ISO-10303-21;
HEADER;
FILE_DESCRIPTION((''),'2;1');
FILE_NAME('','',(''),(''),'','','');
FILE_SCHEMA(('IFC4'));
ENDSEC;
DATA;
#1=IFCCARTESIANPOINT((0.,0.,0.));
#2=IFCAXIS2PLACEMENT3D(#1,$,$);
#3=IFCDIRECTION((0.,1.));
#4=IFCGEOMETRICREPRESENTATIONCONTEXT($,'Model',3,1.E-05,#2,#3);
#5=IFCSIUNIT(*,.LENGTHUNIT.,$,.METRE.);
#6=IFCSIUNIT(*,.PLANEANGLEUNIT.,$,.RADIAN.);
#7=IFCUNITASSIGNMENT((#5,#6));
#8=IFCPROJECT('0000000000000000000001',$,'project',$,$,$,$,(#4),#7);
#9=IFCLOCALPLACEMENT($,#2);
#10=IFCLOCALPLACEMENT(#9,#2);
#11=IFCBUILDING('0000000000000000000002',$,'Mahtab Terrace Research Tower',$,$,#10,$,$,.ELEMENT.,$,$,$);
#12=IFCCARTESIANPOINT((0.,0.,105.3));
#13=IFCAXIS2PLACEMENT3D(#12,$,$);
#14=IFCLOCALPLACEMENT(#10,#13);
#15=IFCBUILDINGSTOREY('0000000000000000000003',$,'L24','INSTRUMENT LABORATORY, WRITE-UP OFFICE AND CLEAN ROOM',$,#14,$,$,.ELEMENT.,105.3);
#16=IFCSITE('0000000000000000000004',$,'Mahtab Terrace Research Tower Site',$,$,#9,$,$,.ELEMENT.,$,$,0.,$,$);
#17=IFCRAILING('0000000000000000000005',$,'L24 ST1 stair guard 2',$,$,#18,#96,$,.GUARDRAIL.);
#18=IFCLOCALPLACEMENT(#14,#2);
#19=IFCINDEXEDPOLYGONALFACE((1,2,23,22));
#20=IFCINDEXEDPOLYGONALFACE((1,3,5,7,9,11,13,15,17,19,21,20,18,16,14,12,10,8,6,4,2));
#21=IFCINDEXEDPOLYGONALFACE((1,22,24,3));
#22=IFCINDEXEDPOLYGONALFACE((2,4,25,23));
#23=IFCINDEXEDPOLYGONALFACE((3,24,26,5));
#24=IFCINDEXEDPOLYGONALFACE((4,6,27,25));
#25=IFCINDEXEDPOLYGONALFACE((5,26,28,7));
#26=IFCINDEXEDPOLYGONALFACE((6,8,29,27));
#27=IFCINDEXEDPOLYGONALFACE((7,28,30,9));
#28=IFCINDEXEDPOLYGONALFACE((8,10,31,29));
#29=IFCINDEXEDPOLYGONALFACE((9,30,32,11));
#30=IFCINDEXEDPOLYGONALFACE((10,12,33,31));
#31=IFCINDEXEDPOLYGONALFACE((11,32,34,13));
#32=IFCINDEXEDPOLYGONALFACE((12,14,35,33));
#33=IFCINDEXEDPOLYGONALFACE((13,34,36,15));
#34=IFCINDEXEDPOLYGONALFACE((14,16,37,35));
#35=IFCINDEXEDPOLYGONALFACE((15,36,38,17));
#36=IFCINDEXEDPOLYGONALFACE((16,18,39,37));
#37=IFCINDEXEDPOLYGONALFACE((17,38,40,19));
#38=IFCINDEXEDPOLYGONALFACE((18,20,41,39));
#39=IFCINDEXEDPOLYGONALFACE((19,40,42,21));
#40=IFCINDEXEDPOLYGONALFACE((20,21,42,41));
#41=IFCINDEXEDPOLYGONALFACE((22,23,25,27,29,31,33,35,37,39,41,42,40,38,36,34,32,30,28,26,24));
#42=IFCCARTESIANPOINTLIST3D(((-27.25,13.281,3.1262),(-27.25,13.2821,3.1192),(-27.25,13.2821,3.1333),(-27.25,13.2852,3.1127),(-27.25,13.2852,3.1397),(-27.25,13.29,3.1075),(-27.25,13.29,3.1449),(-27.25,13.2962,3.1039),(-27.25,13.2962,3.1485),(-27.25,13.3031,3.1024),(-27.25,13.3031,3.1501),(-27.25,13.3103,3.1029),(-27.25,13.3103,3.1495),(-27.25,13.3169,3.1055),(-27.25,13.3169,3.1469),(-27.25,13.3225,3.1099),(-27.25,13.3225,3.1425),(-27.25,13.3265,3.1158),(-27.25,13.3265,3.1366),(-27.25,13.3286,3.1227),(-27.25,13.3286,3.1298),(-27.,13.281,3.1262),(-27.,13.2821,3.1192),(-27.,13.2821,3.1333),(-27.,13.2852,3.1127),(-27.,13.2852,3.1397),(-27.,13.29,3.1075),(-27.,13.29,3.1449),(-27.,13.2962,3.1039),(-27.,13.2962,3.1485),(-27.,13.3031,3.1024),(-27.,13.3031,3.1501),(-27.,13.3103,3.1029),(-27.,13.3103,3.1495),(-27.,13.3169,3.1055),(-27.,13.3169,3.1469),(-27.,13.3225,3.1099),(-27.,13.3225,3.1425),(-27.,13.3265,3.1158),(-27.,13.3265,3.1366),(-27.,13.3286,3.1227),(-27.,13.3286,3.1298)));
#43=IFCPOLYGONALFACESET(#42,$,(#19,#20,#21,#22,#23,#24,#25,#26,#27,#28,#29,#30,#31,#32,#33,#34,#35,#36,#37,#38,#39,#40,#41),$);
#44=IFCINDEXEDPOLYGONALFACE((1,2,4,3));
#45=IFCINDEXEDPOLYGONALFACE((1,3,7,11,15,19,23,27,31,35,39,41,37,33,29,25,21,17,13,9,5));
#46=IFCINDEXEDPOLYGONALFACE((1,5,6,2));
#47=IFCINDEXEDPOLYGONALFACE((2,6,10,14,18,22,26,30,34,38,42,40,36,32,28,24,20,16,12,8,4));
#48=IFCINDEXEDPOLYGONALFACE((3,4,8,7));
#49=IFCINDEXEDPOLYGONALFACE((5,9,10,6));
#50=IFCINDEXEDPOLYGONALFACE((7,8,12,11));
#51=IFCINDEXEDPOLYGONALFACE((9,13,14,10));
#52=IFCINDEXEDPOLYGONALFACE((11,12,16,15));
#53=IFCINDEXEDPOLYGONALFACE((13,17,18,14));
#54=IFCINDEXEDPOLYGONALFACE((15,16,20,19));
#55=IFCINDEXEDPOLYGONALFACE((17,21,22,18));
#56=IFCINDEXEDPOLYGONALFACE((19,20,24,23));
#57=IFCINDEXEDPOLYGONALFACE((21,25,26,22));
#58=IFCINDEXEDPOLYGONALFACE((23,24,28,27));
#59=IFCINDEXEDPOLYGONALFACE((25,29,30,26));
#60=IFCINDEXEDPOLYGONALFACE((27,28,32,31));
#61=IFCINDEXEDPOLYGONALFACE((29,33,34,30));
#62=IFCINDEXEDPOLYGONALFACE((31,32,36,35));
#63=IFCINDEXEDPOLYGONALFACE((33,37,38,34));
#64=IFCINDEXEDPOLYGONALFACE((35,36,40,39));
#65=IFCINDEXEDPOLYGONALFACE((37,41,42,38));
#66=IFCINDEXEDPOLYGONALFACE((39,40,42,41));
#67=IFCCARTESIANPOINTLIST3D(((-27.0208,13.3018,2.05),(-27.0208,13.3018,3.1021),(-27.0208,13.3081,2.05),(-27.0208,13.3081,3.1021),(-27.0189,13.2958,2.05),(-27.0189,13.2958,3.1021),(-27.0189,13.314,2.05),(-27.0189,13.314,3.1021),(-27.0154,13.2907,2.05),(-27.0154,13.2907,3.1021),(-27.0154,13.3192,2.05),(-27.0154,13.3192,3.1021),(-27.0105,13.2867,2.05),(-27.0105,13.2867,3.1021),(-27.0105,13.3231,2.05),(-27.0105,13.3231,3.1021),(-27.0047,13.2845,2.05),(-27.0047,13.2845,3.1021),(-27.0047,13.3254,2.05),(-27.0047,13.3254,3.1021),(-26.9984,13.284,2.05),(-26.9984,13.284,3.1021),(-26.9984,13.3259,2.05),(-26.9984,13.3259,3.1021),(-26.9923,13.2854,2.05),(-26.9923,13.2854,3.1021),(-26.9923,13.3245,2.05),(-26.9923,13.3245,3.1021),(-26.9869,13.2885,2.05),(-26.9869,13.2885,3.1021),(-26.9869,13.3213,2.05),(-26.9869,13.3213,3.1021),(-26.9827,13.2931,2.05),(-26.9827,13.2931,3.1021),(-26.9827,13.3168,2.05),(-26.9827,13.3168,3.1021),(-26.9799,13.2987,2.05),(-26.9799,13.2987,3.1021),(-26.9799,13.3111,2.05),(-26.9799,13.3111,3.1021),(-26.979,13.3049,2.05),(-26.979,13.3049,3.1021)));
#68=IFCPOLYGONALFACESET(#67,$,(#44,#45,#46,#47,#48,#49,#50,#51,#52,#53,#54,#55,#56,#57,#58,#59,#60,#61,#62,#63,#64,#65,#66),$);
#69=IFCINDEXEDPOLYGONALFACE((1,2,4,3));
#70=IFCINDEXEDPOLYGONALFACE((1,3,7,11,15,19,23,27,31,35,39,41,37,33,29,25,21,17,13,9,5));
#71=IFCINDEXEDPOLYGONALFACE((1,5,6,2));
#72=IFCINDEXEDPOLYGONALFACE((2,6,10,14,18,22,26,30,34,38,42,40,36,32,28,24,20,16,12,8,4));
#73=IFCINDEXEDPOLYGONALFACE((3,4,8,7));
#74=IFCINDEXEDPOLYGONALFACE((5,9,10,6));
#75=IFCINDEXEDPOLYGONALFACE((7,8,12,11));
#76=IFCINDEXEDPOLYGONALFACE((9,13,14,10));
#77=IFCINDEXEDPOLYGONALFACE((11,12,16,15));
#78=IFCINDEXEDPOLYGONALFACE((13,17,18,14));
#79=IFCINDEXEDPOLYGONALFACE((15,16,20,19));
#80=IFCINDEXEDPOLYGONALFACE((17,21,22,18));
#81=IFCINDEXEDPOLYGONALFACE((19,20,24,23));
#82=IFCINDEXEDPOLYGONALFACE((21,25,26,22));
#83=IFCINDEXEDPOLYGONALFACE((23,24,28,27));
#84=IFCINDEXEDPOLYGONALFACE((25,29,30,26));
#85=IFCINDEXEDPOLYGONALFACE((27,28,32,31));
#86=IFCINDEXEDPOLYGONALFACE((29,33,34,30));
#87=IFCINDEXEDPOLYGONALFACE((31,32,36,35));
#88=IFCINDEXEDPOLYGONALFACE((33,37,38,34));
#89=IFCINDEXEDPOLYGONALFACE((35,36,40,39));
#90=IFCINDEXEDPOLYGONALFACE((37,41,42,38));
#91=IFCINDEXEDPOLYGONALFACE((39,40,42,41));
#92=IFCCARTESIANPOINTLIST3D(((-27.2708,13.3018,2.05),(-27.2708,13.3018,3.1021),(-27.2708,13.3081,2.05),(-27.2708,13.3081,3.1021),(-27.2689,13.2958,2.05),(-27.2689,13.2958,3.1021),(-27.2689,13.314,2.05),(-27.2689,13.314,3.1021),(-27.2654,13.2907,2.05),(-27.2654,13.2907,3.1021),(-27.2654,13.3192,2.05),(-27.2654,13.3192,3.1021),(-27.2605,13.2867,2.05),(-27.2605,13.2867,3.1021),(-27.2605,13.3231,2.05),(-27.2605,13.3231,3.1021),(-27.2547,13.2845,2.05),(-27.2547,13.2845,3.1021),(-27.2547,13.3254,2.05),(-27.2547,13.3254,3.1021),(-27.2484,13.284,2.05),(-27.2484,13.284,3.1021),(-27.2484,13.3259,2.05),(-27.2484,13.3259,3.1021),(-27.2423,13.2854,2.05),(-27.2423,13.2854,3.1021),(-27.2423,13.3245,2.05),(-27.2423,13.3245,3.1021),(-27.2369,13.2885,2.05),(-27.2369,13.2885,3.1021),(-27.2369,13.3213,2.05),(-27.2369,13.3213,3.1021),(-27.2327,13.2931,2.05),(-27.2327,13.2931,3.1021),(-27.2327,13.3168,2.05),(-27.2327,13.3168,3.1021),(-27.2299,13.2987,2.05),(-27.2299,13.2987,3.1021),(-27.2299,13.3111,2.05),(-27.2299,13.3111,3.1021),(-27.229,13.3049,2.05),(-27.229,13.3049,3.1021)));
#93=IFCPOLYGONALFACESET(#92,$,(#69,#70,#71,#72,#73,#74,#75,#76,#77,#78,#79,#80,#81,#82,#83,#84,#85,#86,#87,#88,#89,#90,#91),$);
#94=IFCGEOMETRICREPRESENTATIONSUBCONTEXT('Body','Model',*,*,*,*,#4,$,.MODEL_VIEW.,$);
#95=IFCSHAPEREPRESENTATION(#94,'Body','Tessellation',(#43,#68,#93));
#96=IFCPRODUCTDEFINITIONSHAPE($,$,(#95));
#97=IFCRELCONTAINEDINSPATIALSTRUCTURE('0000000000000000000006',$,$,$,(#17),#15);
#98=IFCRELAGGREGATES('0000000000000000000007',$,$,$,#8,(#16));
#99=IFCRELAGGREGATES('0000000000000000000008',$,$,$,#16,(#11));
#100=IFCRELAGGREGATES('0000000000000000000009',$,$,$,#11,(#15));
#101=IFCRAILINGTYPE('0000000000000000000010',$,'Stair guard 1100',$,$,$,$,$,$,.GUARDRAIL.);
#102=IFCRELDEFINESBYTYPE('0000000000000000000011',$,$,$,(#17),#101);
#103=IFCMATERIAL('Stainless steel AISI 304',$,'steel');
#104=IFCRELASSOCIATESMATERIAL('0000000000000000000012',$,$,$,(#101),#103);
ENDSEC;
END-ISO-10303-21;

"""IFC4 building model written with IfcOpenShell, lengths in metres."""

from ifc_helpers import new_model, si_unit, direction, frame, origin, origin_2d, place, context, subcontext, project, spatial, circle, extrude, material, type_object, element, save


model = new_model("IFC4")

# Units and contexts
model_context = context("Model", 3, precision=1e-05, world=origin(), true_north=direction((0.0, 1.0)))
body_context = subcontext(model_context, "Body", "Model", "MODEL_VIEW")
ifc_project = project(units=[si_unit("LENGTHUNIT", "METRE"), si_unit("PLANEANGLEUNIT", "RADIAN")], contexts=[model_context])

# Site, building, storey
site_placement = place(None, origin())
site = spatial("IfcSite", under=ifc_project, at=site_placement, Name="Mahtab Terrace Research Tower Site", CompositionType="ELEMENT", RefElevation=0.0)
building_placement = place(site_placement, origin())
building = spatial("IfcBuilding", under=site, at=building_placement, Name="Mahtab Terrace Research Tower", CompositionType="ELEMENT")
storey_placement = place(building_placement, frame((0.0, 0.0, 105.3)))
storey = spatial("IfcBuildingStorey", under=building, at=storey_placement, Name="L24", Description="INSTRUMENT LABORATORY, WRITE-UP OFFICE AND CLEAN ROOM", CompositionType="ELEMENT", Elevation=105.3)

# Railing
ifc_material_1 = material(Name="Stainless steel AISI 304", Category="steel")
railing_type_1 = type_object("IfcRailingType", Name="Stair guard 1100", PredefinedType="GUARDRAIL", material=ifc_material_1)
railing_1_placement = place(storey_placement, frame((-27.0, 13.3049, 2.05)))
element("IfcRailing", 1, at=railing_1_placement, inside=storey, type_object=railing_type_1, Name="L24 ST1 stair guard 2", PredefinedType="GUARDRAIL", context=body_context, shape_type="SweptSolid", body=[
    extrude(circle(Radius=0.0239, at=origin_2d()), frame((0.0, 0.0, 1.0762), z_axis=(-1.0, 0.0, 0.0), x_axis=(0.0, -1.0, 0.0)), (0.0, 0.0, 1.0), 0.25),
    extrude(circle(Radius=0.021, at=origin_2d()), origin(), (0.0, 0.0, 1.0), 1.052),
    extrude(circle(Radius=0.021, at=origin_2d()), frame((-0.25, 0.0, 0.0)), (0.0, 0.0, 1.0), 1.052),
])

save(model, "model.ifc")
